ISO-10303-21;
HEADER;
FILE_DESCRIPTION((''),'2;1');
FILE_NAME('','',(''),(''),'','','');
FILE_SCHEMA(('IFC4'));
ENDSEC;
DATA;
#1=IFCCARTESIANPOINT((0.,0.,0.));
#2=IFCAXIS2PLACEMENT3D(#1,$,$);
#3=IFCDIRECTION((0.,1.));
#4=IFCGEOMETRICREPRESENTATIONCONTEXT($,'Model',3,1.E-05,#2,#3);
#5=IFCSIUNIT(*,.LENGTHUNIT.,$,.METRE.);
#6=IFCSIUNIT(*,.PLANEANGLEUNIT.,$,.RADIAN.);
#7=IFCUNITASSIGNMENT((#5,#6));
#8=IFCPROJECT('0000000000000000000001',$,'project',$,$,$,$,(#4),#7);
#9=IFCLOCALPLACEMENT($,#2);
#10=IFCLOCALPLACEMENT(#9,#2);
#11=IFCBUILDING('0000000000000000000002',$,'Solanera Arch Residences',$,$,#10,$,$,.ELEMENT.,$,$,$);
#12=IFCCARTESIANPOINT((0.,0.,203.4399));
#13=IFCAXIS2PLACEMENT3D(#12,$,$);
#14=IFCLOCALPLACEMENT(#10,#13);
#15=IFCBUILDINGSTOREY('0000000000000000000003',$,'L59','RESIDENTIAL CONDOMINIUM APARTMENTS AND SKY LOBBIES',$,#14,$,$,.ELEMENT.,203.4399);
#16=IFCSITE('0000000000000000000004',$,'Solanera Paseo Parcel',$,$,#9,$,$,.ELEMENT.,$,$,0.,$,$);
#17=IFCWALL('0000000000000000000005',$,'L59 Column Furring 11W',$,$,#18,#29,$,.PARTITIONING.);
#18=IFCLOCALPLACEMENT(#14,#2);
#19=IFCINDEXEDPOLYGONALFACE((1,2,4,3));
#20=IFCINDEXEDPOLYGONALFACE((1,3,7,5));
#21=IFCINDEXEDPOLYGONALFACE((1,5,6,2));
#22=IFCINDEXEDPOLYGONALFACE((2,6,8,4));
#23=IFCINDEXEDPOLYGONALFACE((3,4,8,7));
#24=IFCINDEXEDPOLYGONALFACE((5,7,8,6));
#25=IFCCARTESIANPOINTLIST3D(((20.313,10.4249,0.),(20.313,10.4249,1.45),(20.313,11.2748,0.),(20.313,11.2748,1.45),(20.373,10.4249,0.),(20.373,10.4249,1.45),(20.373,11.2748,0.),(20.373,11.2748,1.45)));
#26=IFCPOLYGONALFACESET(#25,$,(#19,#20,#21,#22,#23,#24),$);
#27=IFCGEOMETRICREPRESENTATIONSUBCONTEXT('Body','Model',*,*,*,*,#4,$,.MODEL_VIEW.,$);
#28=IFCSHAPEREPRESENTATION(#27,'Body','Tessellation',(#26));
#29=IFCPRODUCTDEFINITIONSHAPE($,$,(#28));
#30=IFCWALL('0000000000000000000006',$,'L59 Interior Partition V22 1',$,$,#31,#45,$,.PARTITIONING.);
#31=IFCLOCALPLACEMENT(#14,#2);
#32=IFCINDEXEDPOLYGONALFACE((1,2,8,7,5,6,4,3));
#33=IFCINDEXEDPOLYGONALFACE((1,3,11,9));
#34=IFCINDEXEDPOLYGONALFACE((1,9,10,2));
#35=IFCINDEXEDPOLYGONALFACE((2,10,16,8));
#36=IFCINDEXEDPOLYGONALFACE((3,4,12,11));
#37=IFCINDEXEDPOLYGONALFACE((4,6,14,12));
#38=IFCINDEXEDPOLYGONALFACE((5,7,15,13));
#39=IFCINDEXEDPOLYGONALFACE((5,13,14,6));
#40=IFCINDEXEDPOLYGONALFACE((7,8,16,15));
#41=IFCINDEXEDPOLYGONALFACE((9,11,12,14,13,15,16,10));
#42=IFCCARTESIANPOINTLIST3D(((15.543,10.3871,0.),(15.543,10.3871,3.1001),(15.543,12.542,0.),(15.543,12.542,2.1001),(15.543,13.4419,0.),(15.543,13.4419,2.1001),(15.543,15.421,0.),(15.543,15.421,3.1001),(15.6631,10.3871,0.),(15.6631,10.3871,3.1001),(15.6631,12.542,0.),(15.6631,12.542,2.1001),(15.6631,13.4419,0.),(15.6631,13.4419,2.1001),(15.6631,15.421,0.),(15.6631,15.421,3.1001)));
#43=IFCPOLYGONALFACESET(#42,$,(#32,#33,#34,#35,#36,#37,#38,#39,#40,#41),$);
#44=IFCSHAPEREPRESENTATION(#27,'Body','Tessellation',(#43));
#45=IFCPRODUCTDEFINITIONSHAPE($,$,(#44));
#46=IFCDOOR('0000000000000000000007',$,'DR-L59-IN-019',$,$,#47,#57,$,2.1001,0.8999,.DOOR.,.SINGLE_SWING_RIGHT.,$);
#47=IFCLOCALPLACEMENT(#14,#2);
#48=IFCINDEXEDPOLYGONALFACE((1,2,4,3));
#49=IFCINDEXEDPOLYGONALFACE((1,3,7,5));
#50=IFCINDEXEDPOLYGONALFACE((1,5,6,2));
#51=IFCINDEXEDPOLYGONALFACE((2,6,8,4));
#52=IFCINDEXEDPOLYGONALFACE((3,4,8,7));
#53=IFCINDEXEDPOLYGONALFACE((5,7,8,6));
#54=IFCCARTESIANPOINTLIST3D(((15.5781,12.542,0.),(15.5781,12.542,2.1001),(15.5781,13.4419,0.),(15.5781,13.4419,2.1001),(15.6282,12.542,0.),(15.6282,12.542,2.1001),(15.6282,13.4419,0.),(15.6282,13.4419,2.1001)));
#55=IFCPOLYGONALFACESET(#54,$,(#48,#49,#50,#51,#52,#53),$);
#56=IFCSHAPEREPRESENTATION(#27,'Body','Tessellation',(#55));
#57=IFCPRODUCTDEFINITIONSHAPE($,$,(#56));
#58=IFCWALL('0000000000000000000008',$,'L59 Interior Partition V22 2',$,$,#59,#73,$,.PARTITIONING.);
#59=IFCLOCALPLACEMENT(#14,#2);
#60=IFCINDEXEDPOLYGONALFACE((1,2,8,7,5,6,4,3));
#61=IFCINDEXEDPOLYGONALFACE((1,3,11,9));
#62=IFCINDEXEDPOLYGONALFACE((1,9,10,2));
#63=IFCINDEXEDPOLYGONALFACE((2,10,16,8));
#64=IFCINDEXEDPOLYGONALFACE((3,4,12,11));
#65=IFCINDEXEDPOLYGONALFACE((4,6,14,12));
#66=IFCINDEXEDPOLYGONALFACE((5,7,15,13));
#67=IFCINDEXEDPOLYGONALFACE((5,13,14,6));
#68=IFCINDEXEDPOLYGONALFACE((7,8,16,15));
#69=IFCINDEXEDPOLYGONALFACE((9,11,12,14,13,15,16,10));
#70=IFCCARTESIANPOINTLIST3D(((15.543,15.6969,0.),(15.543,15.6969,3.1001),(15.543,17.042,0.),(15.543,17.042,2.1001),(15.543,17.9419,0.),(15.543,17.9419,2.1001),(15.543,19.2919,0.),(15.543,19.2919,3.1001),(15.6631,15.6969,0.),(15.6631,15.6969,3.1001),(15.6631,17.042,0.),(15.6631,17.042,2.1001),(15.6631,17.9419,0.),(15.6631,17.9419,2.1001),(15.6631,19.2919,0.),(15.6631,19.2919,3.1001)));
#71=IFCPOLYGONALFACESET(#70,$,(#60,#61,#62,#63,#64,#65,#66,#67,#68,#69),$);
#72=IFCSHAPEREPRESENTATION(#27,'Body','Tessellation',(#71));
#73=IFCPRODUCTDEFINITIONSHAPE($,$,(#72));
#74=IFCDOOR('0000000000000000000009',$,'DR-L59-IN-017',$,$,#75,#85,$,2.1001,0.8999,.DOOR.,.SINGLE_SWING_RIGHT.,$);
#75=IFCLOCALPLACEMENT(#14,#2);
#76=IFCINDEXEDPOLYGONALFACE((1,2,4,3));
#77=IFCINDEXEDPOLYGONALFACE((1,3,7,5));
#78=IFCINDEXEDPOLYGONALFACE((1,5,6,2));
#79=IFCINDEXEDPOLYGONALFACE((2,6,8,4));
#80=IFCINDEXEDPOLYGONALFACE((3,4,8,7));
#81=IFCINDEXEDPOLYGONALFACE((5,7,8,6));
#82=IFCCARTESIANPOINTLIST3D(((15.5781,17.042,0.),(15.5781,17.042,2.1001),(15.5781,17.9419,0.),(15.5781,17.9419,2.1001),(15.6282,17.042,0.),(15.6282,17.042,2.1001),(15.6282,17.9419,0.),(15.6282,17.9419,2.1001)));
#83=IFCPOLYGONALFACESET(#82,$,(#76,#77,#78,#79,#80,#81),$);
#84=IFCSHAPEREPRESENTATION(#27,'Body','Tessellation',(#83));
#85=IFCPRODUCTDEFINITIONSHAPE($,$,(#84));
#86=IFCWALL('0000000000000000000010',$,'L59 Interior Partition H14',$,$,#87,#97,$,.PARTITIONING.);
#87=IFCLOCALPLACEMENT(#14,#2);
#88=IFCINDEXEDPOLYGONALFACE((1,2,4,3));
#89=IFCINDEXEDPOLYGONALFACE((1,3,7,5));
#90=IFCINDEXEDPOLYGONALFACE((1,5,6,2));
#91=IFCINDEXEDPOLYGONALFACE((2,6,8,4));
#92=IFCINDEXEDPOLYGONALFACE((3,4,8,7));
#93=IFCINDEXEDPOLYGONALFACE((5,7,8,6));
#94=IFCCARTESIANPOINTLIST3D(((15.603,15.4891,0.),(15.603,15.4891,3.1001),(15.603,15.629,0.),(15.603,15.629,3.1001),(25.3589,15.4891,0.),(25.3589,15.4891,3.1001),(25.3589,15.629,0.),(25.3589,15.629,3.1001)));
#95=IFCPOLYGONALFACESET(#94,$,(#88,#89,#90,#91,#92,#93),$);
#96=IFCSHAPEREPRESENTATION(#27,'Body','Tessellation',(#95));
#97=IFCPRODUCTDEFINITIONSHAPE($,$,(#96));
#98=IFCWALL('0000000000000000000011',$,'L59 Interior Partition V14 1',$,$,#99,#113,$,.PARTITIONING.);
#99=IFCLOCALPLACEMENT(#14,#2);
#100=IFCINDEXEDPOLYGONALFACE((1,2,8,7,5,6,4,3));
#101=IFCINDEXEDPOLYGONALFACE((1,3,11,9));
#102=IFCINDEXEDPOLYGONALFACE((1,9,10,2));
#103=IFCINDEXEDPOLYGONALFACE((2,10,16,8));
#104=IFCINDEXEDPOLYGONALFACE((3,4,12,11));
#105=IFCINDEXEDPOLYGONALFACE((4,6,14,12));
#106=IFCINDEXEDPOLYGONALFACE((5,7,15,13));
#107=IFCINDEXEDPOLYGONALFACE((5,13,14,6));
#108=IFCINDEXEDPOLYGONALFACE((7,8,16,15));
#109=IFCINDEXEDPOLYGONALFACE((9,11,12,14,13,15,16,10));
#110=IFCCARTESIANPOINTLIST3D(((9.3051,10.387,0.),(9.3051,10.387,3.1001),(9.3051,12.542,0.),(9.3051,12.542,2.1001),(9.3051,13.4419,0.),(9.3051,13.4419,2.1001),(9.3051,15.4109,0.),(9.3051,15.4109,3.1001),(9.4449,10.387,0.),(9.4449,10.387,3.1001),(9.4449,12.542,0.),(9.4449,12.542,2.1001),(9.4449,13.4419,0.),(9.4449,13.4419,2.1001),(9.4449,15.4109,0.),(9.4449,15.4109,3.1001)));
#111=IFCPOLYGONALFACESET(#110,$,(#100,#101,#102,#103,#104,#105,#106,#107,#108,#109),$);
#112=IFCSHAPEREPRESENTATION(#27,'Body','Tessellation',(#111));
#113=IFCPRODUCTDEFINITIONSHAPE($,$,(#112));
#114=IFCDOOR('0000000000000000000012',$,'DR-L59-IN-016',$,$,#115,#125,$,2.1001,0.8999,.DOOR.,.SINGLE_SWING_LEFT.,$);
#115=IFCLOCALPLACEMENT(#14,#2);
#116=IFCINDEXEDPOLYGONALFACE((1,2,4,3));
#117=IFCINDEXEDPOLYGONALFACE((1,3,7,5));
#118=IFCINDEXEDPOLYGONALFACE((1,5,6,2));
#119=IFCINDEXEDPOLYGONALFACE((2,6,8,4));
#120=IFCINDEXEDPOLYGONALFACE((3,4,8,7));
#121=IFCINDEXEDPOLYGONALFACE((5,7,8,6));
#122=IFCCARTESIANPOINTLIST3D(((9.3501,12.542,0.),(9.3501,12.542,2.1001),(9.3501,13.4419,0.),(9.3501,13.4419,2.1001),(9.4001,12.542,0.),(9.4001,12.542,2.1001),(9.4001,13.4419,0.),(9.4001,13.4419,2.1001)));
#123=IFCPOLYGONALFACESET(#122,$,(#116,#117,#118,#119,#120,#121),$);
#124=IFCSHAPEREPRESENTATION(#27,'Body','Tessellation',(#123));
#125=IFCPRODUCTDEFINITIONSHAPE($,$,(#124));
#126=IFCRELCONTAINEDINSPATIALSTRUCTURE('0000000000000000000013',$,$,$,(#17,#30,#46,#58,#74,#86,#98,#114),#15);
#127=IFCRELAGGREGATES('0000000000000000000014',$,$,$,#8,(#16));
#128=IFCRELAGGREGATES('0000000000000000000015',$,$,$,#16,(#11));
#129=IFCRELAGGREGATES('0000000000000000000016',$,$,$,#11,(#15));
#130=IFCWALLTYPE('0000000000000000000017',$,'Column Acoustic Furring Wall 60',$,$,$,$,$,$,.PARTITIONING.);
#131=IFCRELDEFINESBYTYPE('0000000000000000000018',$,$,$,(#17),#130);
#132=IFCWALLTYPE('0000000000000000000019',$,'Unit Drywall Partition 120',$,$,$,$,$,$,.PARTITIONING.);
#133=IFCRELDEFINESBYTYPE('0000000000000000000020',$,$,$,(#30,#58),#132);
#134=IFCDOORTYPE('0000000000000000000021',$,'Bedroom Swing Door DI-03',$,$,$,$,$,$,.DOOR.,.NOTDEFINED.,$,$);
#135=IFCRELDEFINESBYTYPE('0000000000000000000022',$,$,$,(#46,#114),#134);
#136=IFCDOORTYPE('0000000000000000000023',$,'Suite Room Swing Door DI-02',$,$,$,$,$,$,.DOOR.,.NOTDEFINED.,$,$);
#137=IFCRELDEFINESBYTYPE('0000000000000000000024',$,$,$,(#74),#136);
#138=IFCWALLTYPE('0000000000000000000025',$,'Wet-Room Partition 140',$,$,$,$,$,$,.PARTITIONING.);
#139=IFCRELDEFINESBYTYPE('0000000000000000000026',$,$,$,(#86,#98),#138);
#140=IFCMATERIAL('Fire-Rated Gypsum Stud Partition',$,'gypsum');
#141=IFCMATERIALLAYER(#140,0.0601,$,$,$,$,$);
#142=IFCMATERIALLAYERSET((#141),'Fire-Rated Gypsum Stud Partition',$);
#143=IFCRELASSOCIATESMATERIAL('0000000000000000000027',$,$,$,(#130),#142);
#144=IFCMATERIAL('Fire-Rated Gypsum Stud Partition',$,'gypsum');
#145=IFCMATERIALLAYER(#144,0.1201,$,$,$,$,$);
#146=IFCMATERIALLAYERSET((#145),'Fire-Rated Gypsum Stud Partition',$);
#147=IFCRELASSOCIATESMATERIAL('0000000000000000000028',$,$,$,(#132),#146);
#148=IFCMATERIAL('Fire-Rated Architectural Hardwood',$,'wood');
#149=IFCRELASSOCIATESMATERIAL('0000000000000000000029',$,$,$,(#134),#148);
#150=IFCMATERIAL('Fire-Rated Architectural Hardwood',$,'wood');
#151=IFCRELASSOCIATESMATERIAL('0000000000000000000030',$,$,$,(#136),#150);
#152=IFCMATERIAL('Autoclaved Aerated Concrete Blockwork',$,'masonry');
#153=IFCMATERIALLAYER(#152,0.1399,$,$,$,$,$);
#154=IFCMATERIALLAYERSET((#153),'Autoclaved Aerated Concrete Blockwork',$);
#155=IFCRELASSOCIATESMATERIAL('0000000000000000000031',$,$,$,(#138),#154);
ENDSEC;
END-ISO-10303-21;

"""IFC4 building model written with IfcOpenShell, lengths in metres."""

from ifc_helpers import new_model, si_unit, direction, frame, frame_2d, origin, place, context, subcontext, project, spatial, rectangle, extrude, material, layer, layer_set, type_object, element, fill, save


model = new_model("IFC4")

# Units and contexts
model_context = context("Model", 3, precision=1e-05, world=origin(), true_north=direction((0.0, 1.0)))
body_context = subcontext(model_context, "Body", "Model", "MODEL_VIEW")
ifc_project = project(units=[si_unit("LENGTHUNIT", "METRE"), si_unit("PLANEANGLEUNIT", "RADIAN")], contexts=[model_context])

# Site, building, storey
site_placement = place(None, origin())
site = spatial("IfcSite", under=ifc_project, at=site_placement, Name="Solanera Paseo Parcel", CompositionType="ELEMENT", RefElevation=0.0)
building_placement = place(site_placement, origin())
building = spatial("IfcBuilding", under=site, at=building_placement, Name="Solanera Arch Residences", CompositionType="ELEMENT")
storey_placement = place(building_placement, frame((0.0, 0.0, 203.4399)))
storey = spatial("IfcBuildingStorey", under=building, at=storey_placement, Name="L59", Description="RESIDENTIAL CONDOMINIUM APARTMENTS AND SKY LOBBIES", CompositionType="ELEMENT", Elevation=203.4399)

# Wall
ifc_material_1 = material(Name="Fire-Rated Gypsum Stud Partition", Category="gypsum")
ifc_layer_1 = layer(ifc_material_1, 0.0601)
ifc_layer_set_1 = layer_set([ifc_layer_1], Name="Fire-Rated Gypsum Stud Partition")
wall_type_1 = type_object("IfcWallType", Name="Column Acoustic Furring Wall 60", PredefinedType="PARTITIONING", material=ifc_layer_set_1)
wall_1_placement = place(storey_placement, frame((20.343, 10.425, 0.0), z_axis=(0.0, 0.0, 1.0), x_axis=(0.0, 1.0, 0.0)))
element("IfcWall", 1, at=wall_1_placement, inside=storey, type_object=wall_type_1, Name="L59 Column Furring 11W", PredefinedType="PARTITIONING", context=body_context, shape_type="SweptSolid", body=[
    extrude(rectangle(XDim=0.8499, YDim=0.0601, at=frame_2d((0.4248, 0.0))), origin(), (0.0, 0.0, 1.0), 1.45),
])

# Walls, openings, doors
ifc_material_2 = material(Name="Fire-Rated Gypsum Stud Partition", Category="gypsum")
ifc_layer_2 = layer(ifc_material_2, 0.1201)
ifc_layer_set_2 = layer_set([ifc_layer_2], Name="Fire-Rated Gypsum Stud Partition")
wall_type_2 = type_object("IfcWallType", Name="Unit Drywall Partition 120", PredefinedType="PARTITIONING", material=ifc_layer_set_2)
wall_2_placement = place(storey_placement, frame((15.603, 10.387, 0.0), z_axis=(0.0, 0.0, 1.0), x_axis=(0.0, 1.0, 0.0)))
wall_2 = element("IfcWall", 2, at=wall_2_placement, inside=storey, type_object=wall_type_2, Name="L59 Interior Partition V22 1", PredefinedType="PARTITIONING", context=body_context, shape_type="SweptSolid", body=[
    extrude(rectangle(XDim=5.0339, YDim=0.1201, at=frame_2d((2.5171, 0.0))), origin(), (0.0, 0.0, 1.0), 3.1001),
])
opening_1_placement = place(wall_2_placement, frame((2.155, 0.0, 0.0)))
opening_1 = element("IfcOpeningElement", 3, at=opening_1_placement, cuts=wall_2, PredefinedType="OPENING", context=body_context, shape_type="SweptSolid", body=[
    extrude(rectangle(XDim=0.8999, YDim=2.1001, at=frame_2d((0.45, 1.05))), frame((0.0, 0.0701, 0.0), z_axis=(0.0, -1.0, 0.0), x_axis=(1.0, 0.0, 0.0)), (0.0, 0.0, 1.0), 0.1401),
])
ifc_material_3 = material(Name="Fire-Rated Architectural Hardwood", Category="wood")
door_type_1 = type_object("IfcDoorType", Name="Bedroom Swing Door DI-03", OperationType="NOTDEFINED", PredefinedType="DOOR", material=ifc_material_3)
door_1_placement = place(opening_1_placement, origin())
door_1 = element("IfcDoor", 4, at=door_1_placement, inside=storey, type_object=door_type_1, Name="DR-L59-IN-019", OperationType="SINGLE_SWING_RIGHT", OverallHeight=2.1001, OverallWidth=0.8999, PredefinedType="DOOR", context=body_context, shape_type="SweptSolid", body=[
    extrude(rectangle(XDim=0.8999, YDim=2.1001, at=frame_2d((0.45, 1.05))), frame((0.0, 0.0249, 0.0), z_axis=(0.0, -1.0, 0.0), x_axis=(1.0, 0.0, 0.0)), (0.0, 0.0, 1.0), 0.05),
])
fill(opening_1, door_1)
wall_3_placement = place(storey_placement, frame((15.603, 15.697, 0.0), z_axis=(0.0, 0.0, 1.0), x_axis=(0.0, 1.0, 0.0)))
wall_3 = element("IfcWall", 5, at=wall_3_placement, inside=storey, type_object=wall_type_2, Name="L59 Interior Partition V22 2", PredefinedType="PARTITIONING", context=body_context, shape_type="SweptSolid", body=[
    extrude(rectangle(XDim=3.595, YDim=0.1201, at=frame_2d((1.7974, 0.0))), origin(), (0.0, 0.0, 1.0), 3.1001),
])
opening_2_placement = place(wall_3_placement, frame((1.345, 0.0, 0.0)))
opening_2 = element("IfcOpeningElement", 6, at=opening_2_placement, cuts=wall_3, PredefinedType="OPENING", context=body_context, shape_type="SweptSolid", body=[
    extrude(rectangle(XDim=0.8999, YDim=2.1001, at=frame_2d((0.45, 1.05))), frame((0.0, 0.0701, 0.0), z_axis=(0.0, -1.0, 0.0), x_axis=(1.0, 0.0, 0.0)), (0.0, 0.0, 1.0), 0.1401),
])
ifc_material_4 = material(Name="Fire-Rated Architectural Hardwood", Category="wood")
door_type_2 = type_object("IfcDoorType", Name="Suite Room Swing Door DI-02", OperationType="NOTDEFINED", PredefinedType="DOOR", material=ifc_material_4)
door_2_placement = place(opening_2_placement, origin())
door_2 = element("IfcDoor", 7, at=door_2_placement, inside=storey, type_object=door_type_2, Name="DR-L59-IN-017", OperationType="SINGLE_SWING_RIGHT", OverallHeight=2.1001, OverallWidth=0.8999, PredefinedType="DOOR", context=body_context, shape_type="SweptSolid", body=[
    extrude(rectangle(XDim=0.8999, YDim=2.1001, at=frame_2d((0.45, 1.05))), frame((0.0, 0.0249, 0.0), z_axis=(0.0, -1.0, 0.0), x_axis=(1.0, 0.0, 0.0)), (0.0, 0.0, 1.0), 0.05),
])
fill(opening_2, door_2)

# Wall
ifc_material_5 = material(Name="Autoclaved Aerated Concrete Blockwork", Category="masonry")
ifc_layer_3 = layer(ifc_material_5, 0.1399)
ifc_layer_set_3 = layer_set([ifc_layer_3], Name="Autoclaved Aerated Concrete Blockwork")
wall_type_3 = type_object("IfcWallType", Name="Wet-Room Partition 140", PredefinedType="PARTITIONING", material=ifc_layer_set_3)
wall_4_placement = place(storey_placement, frame((15.603, 15.5591, 0.0), z_axis=(0.0, 0.0, 1.0), x_axis=(1.0, 0.0, 0.0)))
element("IfcWall", 8, at=wall_4_placement, inside=storey, type_object=wall_type_3, Name="L59 Interior Partition H14", PredefinedType="PARTITIONING", context=body_context, shape_type="SweptSolid", body=[
    extrude(rectangle(XDim=9.7559, YDim=0.1399, at=frame_2d((4.8779, 0.0))), origin(), (0.0, 0.0, 1.0), 3.1001),
])

# Wall, opening, door
wall_5_placement = place(storey_placement, frame((9.375, 10.387, 0.0), z_axis=(0.0, 0.0, 1.0), x_axis=(0.0, 1.0, 0.0)))
wall_5 = element("IfcWall", 9, at=wall_5_placement, inside=storey, type_object=wall_type_3, Name="L59 Interior Partition V14 1", PredefinedType="PARTITIONING", context=body_context, shape_type="SweptSolid", body=[
    extrude(rectangle(XDim=5.0239, YDim=0.1399, at=frame_2d((2.512, 0.0))), origin(), (0.0, 0.0, 1.0), 3.1001),
])
opening_3_placement = place(wall_5_placement, frame((2.155, 0.0, 0.0)))
opening_3 = element("IfcOpeningElement", 10, at=opening_3_placement, cuts=wall_5, PredefinedType="OPENING", context=body_context, shape_type="SweptSolid", body=[
    extrude(rectangle(XDim=0.8999, YDim=2.1001, at=frame_2d((0.45, 1.05))), frame((0.0, 0.0798, 0.0), z_axis=(0.0, -1.0, 0.0), x_axis=(1.0, 0.0, 0.0)), (0.0, 0.0, 1.0), 0.1599),
])
door_3_placement = place(opening_3_placement, origin())
door_3 = element("IfcDoor", 11, at=door_3_placement, inside=storey, type_object=door_type_1, Name="DR-L59-IN-016", OperationType="SINGLE_SWING_LEFT", OverallHeight=2.1001, OverallWidth=0.8999, PredefinedType="DOOR", context=body_context, shape_type="SweptSolid", body=[
    extrude(rectangle(XDim=0.8999, YDim=2.1001, at=frame_2d((0.45, 1.05))), frame((0.0, 0.0249, 0.0), z_axis=(0.0, -1.0, 0.0), x_axis=(1.0, 0.0, 0.0)), (0.0, 0.0, 1.0), 0.05),
])
fill(opening_3, door_3)

save(model, "model.ifc")
